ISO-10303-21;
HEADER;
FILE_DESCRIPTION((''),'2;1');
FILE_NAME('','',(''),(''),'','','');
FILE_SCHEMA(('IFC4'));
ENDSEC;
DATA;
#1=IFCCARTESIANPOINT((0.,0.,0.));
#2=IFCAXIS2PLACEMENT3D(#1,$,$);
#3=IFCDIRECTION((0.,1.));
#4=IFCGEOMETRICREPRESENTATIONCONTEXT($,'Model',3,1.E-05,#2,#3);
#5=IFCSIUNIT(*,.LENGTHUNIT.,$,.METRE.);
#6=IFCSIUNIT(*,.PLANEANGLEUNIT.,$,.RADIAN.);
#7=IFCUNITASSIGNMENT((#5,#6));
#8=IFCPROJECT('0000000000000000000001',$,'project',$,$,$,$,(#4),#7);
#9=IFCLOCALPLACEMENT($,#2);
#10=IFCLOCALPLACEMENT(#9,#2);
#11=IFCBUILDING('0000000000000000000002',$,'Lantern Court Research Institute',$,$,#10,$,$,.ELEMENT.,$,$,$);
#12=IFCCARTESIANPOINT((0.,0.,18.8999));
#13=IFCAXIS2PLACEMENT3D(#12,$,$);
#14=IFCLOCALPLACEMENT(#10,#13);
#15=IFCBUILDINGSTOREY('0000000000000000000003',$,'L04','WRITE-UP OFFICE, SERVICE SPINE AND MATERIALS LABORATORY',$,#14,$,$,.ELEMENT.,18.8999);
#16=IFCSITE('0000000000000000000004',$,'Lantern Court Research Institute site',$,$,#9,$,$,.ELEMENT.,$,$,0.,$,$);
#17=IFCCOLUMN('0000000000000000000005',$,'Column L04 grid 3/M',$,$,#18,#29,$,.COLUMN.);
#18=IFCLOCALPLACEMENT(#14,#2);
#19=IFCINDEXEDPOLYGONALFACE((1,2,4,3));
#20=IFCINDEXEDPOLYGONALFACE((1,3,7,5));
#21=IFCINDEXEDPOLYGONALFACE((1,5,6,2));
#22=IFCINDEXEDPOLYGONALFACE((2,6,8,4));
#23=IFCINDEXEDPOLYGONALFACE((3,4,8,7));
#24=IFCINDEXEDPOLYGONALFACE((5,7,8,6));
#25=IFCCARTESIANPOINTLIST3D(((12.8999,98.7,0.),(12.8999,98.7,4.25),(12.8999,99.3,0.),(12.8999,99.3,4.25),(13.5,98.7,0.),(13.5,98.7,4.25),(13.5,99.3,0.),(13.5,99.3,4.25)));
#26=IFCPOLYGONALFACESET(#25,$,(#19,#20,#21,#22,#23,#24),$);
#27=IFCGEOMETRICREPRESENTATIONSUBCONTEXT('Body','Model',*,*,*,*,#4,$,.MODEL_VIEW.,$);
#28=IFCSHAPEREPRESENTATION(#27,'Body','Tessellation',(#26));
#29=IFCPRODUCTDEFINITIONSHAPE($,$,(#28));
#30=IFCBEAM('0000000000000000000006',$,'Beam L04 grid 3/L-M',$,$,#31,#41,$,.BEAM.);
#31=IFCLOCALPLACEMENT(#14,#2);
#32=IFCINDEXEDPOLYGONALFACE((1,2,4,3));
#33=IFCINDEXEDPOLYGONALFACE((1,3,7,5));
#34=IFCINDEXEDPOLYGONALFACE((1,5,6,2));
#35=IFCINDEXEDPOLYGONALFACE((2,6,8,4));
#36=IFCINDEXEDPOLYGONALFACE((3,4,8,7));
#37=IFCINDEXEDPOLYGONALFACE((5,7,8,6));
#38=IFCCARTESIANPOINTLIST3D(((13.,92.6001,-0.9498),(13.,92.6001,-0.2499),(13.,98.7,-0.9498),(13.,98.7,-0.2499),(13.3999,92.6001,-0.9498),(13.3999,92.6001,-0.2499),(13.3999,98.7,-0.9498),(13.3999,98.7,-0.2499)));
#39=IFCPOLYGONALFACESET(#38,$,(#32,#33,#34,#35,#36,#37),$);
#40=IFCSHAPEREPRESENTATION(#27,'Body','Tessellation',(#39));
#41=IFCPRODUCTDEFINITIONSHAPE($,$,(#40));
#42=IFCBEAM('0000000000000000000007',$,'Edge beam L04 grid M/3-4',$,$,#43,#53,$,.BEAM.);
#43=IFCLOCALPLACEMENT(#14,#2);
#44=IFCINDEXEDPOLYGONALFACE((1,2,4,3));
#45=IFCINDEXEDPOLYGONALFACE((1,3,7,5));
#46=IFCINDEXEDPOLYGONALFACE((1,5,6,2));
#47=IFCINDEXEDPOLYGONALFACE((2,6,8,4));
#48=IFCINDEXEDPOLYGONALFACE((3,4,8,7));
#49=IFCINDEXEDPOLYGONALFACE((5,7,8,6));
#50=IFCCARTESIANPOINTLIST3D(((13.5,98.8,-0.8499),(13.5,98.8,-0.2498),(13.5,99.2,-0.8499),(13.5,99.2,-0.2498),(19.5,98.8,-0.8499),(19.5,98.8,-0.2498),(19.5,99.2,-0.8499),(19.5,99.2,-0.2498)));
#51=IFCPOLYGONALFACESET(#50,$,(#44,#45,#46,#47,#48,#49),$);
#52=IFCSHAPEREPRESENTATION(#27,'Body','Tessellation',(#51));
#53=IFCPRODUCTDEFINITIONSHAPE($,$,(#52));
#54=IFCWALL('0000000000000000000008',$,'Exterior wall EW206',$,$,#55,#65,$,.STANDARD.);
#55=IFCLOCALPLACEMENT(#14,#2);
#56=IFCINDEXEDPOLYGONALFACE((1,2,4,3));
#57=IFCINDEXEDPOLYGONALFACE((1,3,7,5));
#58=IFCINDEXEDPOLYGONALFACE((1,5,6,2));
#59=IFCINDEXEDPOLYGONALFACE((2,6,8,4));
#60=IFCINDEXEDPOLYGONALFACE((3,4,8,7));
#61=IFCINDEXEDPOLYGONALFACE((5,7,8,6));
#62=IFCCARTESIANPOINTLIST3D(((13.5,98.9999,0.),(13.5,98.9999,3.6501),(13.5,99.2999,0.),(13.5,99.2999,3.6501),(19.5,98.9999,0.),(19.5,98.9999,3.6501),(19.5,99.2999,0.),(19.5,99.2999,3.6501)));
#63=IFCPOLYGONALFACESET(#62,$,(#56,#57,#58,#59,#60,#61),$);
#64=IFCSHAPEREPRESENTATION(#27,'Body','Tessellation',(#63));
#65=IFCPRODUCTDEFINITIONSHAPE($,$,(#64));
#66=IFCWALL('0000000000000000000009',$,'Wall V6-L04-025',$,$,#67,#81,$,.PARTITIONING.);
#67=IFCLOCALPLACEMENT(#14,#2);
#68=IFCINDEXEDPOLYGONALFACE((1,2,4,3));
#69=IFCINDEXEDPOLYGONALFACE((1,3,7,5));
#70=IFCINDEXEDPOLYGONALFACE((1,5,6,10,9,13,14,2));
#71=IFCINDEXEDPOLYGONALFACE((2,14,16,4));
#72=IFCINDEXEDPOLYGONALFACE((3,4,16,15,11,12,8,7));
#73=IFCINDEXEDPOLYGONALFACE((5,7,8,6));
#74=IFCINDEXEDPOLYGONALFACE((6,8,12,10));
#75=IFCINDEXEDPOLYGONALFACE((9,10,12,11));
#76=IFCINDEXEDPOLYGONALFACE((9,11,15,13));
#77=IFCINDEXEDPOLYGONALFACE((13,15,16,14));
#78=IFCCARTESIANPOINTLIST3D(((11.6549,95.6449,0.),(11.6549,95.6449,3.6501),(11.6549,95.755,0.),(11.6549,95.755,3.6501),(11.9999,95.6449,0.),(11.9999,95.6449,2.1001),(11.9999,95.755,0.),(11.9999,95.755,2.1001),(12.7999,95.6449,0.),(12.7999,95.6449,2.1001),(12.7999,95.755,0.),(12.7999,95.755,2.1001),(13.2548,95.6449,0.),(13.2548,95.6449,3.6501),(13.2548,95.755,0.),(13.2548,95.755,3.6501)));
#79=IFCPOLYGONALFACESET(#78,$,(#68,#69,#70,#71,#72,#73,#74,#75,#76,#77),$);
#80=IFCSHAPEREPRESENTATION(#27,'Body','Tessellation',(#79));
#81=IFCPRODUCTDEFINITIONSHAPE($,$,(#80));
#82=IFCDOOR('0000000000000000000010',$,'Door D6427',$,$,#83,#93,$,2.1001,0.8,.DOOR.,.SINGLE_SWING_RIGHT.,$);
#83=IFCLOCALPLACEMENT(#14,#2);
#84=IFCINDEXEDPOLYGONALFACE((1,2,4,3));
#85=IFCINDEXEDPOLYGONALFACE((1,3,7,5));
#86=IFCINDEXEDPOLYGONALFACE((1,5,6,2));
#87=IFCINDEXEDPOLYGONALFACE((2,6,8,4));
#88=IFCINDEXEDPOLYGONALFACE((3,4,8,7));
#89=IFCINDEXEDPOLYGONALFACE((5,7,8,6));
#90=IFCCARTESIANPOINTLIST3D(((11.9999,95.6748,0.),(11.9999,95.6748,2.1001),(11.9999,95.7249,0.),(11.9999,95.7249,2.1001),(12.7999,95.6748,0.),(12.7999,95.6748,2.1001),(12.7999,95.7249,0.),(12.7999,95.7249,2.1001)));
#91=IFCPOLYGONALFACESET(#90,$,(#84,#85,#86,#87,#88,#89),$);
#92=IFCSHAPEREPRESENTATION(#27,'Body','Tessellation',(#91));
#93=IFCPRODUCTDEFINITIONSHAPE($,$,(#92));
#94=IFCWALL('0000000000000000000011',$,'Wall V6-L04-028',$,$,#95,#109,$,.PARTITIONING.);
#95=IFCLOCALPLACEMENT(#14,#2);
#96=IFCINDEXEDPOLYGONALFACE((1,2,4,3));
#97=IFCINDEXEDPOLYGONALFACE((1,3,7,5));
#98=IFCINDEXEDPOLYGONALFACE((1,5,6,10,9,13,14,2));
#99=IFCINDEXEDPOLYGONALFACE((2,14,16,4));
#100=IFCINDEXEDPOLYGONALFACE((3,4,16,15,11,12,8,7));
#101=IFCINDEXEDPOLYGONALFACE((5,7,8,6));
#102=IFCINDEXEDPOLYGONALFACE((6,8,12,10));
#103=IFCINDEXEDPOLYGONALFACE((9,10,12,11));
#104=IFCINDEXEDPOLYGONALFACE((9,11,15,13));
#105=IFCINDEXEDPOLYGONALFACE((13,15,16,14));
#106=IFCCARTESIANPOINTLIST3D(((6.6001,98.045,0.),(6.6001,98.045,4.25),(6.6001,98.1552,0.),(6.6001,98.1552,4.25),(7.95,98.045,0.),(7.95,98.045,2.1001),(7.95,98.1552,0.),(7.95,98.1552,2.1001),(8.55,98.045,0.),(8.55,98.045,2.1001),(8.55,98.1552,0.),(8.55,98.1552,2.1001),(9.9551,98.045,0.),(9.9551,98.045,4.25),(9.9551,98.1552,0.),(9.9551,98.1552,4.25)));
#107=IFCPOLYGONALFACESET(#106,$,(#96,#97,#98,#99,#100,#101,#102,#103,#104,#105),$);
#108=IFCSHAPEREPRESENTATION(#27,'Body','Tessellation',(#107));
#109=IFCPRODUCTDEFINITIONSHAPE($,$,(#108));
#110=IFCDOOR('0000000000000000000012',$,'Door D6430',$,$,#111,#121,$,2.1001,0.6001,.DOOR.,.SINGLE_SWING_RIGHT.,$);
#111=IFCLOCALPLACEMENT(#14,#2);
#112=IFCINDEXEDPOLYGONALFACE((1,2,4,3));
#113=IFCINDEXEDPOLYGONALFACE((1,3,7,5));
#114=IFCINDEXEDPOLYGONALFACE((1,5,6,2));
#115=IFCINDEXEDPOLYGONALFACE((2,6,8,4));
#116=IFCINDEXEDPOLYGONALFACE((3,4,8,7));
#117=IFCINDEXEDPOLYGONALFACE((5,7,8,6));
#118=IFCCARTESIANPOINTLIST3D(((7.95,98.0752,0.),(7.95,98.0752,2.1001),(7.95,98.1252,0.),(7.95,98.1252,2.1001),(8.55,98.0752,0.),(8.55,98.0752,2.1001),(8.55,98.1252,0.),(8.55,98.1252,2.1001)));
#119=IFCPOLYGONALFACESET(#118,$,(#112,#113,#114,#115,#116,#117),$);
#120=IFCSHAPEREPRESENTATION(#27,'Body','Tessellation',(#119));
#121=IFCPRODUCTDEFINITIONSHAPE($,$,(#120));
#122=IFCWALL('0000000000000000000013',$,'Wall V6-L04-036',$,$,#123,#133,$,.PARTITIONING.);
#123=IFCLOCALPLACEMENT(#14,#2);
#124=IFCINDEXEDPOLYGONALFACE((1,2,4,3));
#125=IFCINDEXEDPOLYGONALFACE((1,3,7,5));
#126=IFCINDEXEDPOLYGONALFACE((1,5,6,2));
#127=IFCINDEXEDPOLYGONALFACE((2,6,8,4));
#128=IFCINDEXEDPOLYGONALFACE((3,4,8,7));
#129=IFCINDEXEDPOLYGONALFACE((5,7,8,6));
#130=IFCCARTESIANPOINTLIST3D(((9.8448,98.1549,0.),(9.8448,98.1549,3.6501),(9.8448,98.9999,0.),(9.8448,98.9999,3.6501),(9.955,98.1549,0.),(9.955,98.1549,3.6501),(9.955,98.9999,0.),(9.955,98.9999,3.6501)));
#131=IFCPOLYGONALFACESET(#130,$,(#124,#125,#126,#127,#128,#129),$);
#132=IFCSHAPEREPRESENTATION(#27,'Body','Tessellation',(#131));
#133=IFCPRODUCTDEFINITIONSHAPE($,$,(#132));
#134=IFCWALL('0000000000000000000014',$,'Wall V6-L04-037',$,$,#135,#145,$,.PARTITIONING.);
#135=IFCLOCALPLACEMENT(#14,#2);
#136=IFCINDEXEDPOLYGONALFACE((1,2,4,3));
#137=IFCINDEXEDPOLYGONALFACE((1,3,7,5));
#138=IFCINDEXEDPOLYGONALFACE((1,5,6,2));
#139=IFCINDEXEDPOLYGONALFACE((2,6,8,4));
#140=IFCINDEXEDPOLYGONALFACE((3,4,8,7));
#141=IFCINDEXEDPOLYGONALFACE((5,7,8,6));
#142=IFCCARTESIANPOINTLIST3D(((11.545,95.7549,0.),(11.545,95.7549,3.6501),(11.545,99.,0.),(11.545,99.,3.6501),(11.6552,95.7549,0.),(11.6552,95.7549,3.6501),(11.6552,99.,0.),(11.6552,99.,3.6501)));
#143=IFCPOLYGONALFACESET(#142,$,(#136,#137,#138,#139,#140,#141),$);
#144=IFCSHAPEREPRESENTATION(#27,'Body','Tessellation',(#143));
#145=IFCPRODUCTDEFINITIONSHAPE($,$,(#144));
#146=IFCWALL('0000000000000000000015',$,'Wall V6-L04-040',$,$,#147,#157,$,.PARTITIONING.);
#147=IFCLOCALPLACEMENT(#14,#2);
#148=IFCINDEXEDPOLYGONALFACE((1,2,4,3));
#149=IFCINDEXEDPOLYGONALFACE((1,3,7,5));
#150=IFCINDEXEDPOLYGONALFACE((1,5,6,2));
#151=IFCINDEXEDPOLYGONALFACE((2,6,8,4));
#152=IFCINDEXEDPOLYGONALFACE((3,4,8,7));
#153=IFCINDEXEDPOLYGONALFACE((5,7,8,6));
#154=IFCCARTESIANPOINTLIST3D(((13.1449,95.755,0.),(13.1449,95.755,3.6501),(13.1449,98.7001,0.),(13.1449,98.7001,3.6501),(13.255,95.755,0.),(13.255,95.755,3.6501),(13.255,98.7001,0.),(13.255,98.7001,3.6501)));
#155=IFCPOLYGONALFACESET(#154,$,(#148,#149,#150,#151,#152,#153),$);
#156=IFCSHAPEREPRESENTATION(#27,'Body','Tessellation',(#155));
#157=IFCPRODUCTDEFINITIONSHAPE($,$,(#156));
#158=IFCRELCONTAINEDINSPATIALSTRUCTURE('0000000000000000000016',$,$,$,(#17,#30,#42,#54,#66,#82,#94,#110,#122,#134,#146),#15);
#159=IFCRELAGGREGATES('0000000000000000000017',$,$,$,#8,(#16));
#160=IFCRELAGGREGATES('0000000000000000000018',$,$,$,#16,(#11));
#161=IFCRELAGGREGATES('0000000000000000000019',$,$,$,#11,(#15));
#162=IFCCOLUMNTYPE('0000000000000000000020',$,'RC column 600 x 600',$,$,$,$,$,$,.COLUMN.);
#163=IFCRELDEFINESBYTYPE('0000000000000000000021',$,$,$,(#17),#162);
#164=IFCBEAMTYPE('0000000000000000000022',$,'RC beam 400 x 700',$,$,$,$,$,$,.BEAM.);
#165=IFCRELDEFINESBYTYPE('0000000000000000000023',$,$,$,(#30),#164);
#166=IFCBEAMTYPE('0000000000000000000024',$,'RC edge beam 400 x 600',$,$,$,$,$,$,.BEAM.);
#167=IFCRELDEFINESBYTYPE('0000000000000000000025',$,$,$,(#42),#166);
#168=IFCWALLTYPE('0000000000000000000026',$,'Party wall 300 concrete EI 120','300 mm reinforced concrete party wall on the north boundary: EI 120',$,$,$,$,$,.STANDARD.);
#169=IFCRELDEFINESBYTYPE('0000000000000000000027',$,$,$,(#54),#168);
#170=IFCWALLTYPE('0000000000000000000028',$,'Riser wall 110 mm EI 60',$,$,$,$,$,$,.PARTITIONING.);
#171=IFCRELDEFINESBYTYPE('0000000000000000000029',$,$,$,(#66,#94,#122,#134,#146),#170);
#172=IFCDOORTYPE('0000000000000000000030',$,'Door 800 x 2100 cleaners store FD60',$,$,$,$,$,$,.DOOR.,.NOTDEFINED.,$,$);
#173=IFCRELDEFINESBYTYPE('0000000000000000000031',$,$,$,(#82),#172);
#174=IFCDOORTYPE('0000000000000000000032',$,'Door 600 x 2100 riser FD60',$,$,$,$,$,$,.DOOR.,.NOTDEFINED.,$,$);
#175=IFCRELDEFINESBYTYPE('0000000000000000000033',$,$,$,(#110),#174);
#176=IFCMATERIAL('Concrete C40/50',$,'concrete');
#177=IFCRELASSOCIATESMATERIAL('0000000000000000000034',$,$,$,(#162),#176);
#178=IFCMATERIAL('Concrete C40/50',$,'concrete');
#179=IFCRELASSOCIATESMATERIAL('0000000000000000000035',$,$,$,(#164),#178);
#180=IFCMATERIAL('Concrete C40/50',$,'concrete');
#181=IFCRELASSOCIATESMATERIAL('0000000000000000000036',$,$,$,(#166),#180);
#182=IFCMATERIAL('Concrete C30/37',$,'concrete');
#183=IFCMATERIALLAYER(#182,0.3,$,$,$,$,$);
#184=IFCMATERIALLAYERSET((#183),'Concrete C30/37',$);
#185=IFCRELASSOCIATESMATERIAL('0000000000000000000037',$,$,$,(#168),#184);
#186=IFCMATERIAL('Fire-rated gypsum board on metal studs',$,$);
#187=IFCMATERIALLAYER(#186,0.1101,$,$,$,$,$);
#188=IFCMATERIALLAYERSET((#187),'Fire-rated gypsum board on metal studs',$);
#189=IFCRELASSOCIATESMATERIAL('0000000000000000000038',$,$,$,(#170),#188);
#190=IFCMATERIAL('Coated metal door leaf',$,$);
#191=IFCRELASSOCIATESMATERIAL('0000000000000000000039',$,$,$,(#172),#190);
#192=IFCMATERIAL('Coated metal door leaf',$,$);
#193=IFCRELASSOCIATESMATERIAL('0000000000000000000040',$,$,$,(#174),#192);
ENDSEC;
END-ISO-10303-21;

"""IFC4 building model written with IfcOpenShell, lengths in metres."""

from ifc_helpers import new_model, si_unit, direction, frame, frame_2d, origin, origin_2d, place, context, subcontext, project, spatial, rectangle, extrude, material, layer, layer_set, material_profile, profile_set, type_object, element, fill, save


model = new_model("IFC4")

# Units and contexts
model_context = context("Model", 3, precision=1e-05, world=origin(), true_north=direction((0.0, 1.0)))
body_context = subcontext(model_context, "Body", "Model", "MODEL_VIEW")
ifc_project = project(units=[si_unit("LENGTHUNIT", "METRE"), si_unit("PLANEANGLEUNIT", "RADIAN")], contexts=[model_context])

# Site, building, storey
site_placement = place(None, origin())
site = spatial("IfcSite", under=ifc_project, at=site_placement, Name="Lantern Court Research Institute site", CompositionType="ELEMENT", RefElevation=0.0)
building_placement = place(site_placement, origin())
building = spatial("IfcBuilding", under=site, at=building_placement, Name="Lantern Court Research Institute", CompositionType="ELEMENT")
storey_placement = place(building_placement, frame((0.0, 0.0, 18.8999)))
storey = spatial("IfcBuildingStorey", under=building, at=storey_placement, Name="L04", Description="WRITE-UP OFFICE, SERVICE SPINE AND MATERIALS LABORATORY", CompositionType="ELEMENT", Elevation=18.8999)

# Column
ifc_material_1 = material(Name="Concrete C40/50", Category="concrete")
ifc_material_profile_1 = material_profile(ifc_material_1, rectangle(XDim=0.6001, YDim=0.6001, at=origin_2d()), Name="RC column 600 x 600")
ifc_profile_set_1 = profile_set([ifc_material_profile_1], Name="Concrete C40/50")
column_type = type_object("IfcColumnType", Name="RC column 600 x 600", PredefinedType="COLUMN", material=ifc_profile_set_1)
column_placement = place(storey_placement, frame((13.2, 99.0, 0.0), z_axis=(0.0, 0.0, 1.0), x_axis=(1.0, 0.0, 0.0)))
element("IfcColumn", 1, at=column_placement, inside=storey, type_object=column_type, Name="Column L04 grid 3/M", PredefinedType="COLUMN", context=body_context, shape_type="SweptSolid", body=[
    extrude(rectangle(XDim=0.6001, YDim=0.6001, at=origin_2d()), origin(), (0.0, 0.0, 1.0), 4.25),
])

# Beams
ifc_material_2 = material(Name="Concrete C40/50", Category="concrete")
ifc_material_profile_2 = material_profile(ifc_material_2, rectangle(XDim=0.3999, YDim=0.7, at=origin_2d()), Name="RC beam 400 x 700")
ifc_profile_set_2 = profile_set([ifc_material_profile_2], Name="Concrete C40/50")
beam_type_1 = type_object("IfcBeamType", Name="RC beam 400 x 700", PredefinedType="BEAM", material=ifc_profile_set_2)
beam_1_placement = place(storey_placement, frame((13.2, 92.6001, -0.5999), z_axis=(0.0, 1.0, 0.0), x_axis=(-1.0, 0.0, 0.0)))
element("IfcBeam", 2, at=beam_1_placement, inside=storey, type_object=beam_type_1, Name="Beam L04 grid 3/L-M", PredefinedType="BEAM", context=body_context, shape_type="SweptSolid", body=[
    extrude(rectangle(XDim=0.3999, YDim=0.7, at=origin_2d()), origin(), (0.0, 0.0, 1.0), 6.0999),
])
ifc_material_3 = material(Name="Concrete C40/50", Category="concrete")
ifc_material_profile_3 = material_profile(ifc_material_3, rectangle(XDim=0.3999, YDim=0.6001, at=origin_2d()), Name="RC beam 400 x 600")
ifc_profile_set_3 = profile_set([ifc_material_profile_3], Name="Concrete C40/50")
beam_type_2 = type_object("IfcBeamType", Name="RC edge beam 400 x 600", PredefinedType="BEAM", material=ifc_profile_set_3)
beam_2_placement = place(storey_placement, frame((13.5, 99.0, -0.5498), z_axis=(1.0, 0.0, 0.0), x_axis=(0.0, 1.0, 0.0)))
element("IfcBeam", 3, at=beam_2_placement, inside=storey, type_object=beam_type_2, Name="Edge beam L04 grid M/3-4", PredefinedType="BEAM", context=body_context, shape_type="SweptSolid", body=[
    extrude(rectangle(XDim=0.3999, YDim=0.6001, at=origin_2d()), origin(), (0.0, 0.0, 1.0), 6.0),
])

# Wall
ifc_material_4 = material(Name="Concrete C30/37", Category="concrete")
ifc_layer_1 = layer(ifc_material_4, 0.3)
ifc_layer_set_1 = layer_set([ifc_layer_1], Name="Concrete C30/37")
wall_type_1 = type_object("IfcWallType", Name="Party wall 300 concrete EI 120", Description="300 mm reinforced concrete party wall on the north boundary: EI 120", PredefinedType="STANDARD", material=ifc_layer_set_1)
wall_1_placement = place(storey_placement, frame((13.5, 99.1499, 0.0), z_axis=(0.0, 0.0, 1.0), x_axis=(1.0, 0.0, 0.0)))
element("IfcWall", 4, at=wall_1_placement, inside=storey, type_object=wall_type_1, Name="Exterior wall EW206", PredefinedType="STANDARD", context=body_context, shape_type="SweptSolid", body=[
    extrude(rectangle(XDim=6.0, YDim=0.3, at=frame_2d((3.0, 0.0))), origin(), (0.0, 0.0, 1.0), 3.6501),
])

# Walls, openings, doors
ifc_material_5 = material(Name="Fire-rated gypsum board on metal studs")
ifc_layer_2 = layer(ifc_material_5, 0.1101)
ifc_layer_set_2 = layer_set([ifc_layer_2], Name="Fire-rated gypsum board on metal studs")
wall_type_2 = type_object("IfcWallType", Name="Riser wall 110 mm EI 60", PredefinedType="PARTITIONING", material=ifc_layer_set_2)
wall_2_placement = place(storey_placement, frame((11.655, 95.7, 0.0), z_axis=(0.0, 0.0, 1.0), x_axis=(1.0, 0.0, 0.0)))
wall_2 = element("IfcWall", 5, at=wall_2_placement, inside=storey, type_object=wall_type_2, Name="Wall V6-L04-025", PredefinedType="PARTITIONING", context=body_context, shape_type="SweptSolid", body=[
    extrude(rectangle(XDim=1.5999, YDim=0.1101, at=frame_2d((0.7998, 0.0))), origin(), (0.0, 0.0, 1.0), 3.6501),
])
opening_1_placement = place(wall_2_placement, frame((0.345, 0.0, 0.0)))
opening_1 = element("IfcOpeningElement", 6, at=opening_1_placement, cuts=wall_2, PredefinedType="OPENING", context=body_context, shape_type="SweptSolid", body=[
    extrude(rectangle(XDim=0.8, YDim=2.1001, at=frame_2d((0.3999, 1.05))), frame((0.0, 0.0649, 0.0), z_axis=(0.0, -1.0, 0.0), x_axis=(1.0, 0.0, 0.0)), (0.0, 0.0, 1.0), 0.1301),
])
ifc_material_6 = material(Name="Coated metal door leaf")
door_type_1 = type_object("IfcDoorType", Name="Door 800 x 2100 cleaners store FD60", OperationType="NOTDEFINED", PredefinedType="DOOR", material=ifc_material_6)
door_1_placement = place(opening_1_placement, origin())
door_1 = element("IfcDoor", 7, at=door_1_placement, inside=storey, type_object=door_type_1, Name="Door D6427", OperationType="SINGLE_SWING_RIGHT", OverallHeight=2.1001, OverallWidth=0.8, PredefinedType="DOOR", context=body_context, shape_type="SweptSolid", body=[
    extrude(rectangle(XDim=0.8, YDim=2.1001, at=frame_2d((0.3999, 1.05))), frame((0.0, 0.0249, 0.0), z_axis=(0.0, -1.0, 0.0), x_axis=(1.0, 0.0, 0.0)), (0.0, 0.0, 1.0), 0.05),
])
fill(opening_1, door_1)
wall_3_placement = place(storey_placement, frame((9.9551, 98.1001, 0.0), z_axis=(0.0, 0.0, 1.0), x_axis=(-1.0, 0.0, 0.0)))
wall_3 = element("IfcWall", 8, at=wall_3_placement, inside=storey, type_object=wall_type_2, Name="Wall V6-L04-028", PredefinedType="PARTITIONING", context=body_context, shape_type="SweptSolid", body=[
    extrude(rectangle(XDim=3.355, YDim=0.1101, at=frame_2d((1.6775, 0.0))), origin(), (0.0, 0.0, 1.0), 4.25),
])
opening_2_placement = place(wall_3_placement, frame((1.405, 0.0, 0.0)))
opening_2 = element("IfcOpeningElement", 9, at=opening_2_placement, cuts=wall_3, PredefinedType="OPENING", context=body_context, shape_type="SweptSolid", body=[
    extrude(rectangle(XDim=0.6001, YDim=2.1001, at=frame_2d((0.3, 1.05))), frame((0.0, 0.0649, 0.0), z_axis=(0.0, -1.0, 0.0), x_axis=(1.0, 0.0, 0.0)), (0.0, 0.0, 1.0), 0.1301),
])
ifc_material_7 = material(Name="Coated metal door leaf")
door_type_2 = type_object("IfcDoorType", Name="Door 600 x 2100 riser FD60", OperationType="NOTDEFINED", PredefinedType="DOOR", material=ifc_material_7)
door_2_placement = place(opening_2_placement, origin())
door_2 = element("IfcDoor", 10, at=door_2_placement, inside=storey, type_object=door_type_2, Name="Door D6430", OperationType="SINGLE_SWING_RIGHT", OverallHeight=2.1001, OverallWidth=0.6001, PredefinedType="DOOR", context=body_context, shape_type="SweptSolid", body=[
    extrude(rectangle(XDim=0.6001, YDim=2.1001, at=frame_2d((0.3, 1.05))), frame((0.0, 0.0249, 0.0), z_axis=(0.0, -1.0, 0.0), x_axis=(1.0, 0.0, 0.0)), (0.0, 0.0, 1.0), 0.05),
])
fill(opening_2, door_2)

# Walls
wall_4_placement = place(storey_placement, frame((9.8999, 98.155, 0.0), z_axis=(0.0, 0.0, 1.0), x_axis=(0.0, 1.0, 0.0)))
element("IfcWall", 11, at=wall_4_placement, inside=storey, type_object=wall_type_2, Name="Wall V6-L04-036", PredefinedType="PARTITIONING", context=body_context, shape_type="SweptSolid", body=[
    extrude(rectangle(XDim=0.845, YDim=0.1101, at=frame_2d((0.4224, 0.0))), origin(), (0.0, 0.0, 1.0), 3.6501),
])
wall_5_placement = place(storey_placement, frame((11.6001, 95.7549, 0.0), z_axis=(0.0, 0.0, 1.0), x_axis=(0.0, 1.0, 0.0)))
element("IfcWall", 12, at=wall_5_placement, inside=storey, type_object=wall_type_2, Name="Wall V6-L04-037", PredefinedType="PARTITIONING", context=body_context, shape_type="SweptSolid", body=[
    extrude(rectangle(XDim=3.2451, YDim=0.1101, at=frame_2d((1.6226, 0.0))), origin(), (0.0, 0.0, 1.0), 3.6501),
])
wall_6_placement = place(storey_placement, frame((13.2, 95.7549, 0.0), z_axis=(0.0, 0.0, 1.0), x_axis=(0.0, 1.0, 0.0)))
element("IfcWall", 13, at=wall_6_placement, inside=storey, type_object=wall_type_2, Name="Wall V6-L04-040", PredefinedType="PARTITIONING", context=body_context, shape_type="SweptSolid", body=[
    extrude(rectangle(XDim=2.9451, YDim=0.1101, at=frame_2d((1.4727, 0.0))), origin(), (0.0, 0.0, 1.0), 3.6501),
])

save(model, "model.ifc")
